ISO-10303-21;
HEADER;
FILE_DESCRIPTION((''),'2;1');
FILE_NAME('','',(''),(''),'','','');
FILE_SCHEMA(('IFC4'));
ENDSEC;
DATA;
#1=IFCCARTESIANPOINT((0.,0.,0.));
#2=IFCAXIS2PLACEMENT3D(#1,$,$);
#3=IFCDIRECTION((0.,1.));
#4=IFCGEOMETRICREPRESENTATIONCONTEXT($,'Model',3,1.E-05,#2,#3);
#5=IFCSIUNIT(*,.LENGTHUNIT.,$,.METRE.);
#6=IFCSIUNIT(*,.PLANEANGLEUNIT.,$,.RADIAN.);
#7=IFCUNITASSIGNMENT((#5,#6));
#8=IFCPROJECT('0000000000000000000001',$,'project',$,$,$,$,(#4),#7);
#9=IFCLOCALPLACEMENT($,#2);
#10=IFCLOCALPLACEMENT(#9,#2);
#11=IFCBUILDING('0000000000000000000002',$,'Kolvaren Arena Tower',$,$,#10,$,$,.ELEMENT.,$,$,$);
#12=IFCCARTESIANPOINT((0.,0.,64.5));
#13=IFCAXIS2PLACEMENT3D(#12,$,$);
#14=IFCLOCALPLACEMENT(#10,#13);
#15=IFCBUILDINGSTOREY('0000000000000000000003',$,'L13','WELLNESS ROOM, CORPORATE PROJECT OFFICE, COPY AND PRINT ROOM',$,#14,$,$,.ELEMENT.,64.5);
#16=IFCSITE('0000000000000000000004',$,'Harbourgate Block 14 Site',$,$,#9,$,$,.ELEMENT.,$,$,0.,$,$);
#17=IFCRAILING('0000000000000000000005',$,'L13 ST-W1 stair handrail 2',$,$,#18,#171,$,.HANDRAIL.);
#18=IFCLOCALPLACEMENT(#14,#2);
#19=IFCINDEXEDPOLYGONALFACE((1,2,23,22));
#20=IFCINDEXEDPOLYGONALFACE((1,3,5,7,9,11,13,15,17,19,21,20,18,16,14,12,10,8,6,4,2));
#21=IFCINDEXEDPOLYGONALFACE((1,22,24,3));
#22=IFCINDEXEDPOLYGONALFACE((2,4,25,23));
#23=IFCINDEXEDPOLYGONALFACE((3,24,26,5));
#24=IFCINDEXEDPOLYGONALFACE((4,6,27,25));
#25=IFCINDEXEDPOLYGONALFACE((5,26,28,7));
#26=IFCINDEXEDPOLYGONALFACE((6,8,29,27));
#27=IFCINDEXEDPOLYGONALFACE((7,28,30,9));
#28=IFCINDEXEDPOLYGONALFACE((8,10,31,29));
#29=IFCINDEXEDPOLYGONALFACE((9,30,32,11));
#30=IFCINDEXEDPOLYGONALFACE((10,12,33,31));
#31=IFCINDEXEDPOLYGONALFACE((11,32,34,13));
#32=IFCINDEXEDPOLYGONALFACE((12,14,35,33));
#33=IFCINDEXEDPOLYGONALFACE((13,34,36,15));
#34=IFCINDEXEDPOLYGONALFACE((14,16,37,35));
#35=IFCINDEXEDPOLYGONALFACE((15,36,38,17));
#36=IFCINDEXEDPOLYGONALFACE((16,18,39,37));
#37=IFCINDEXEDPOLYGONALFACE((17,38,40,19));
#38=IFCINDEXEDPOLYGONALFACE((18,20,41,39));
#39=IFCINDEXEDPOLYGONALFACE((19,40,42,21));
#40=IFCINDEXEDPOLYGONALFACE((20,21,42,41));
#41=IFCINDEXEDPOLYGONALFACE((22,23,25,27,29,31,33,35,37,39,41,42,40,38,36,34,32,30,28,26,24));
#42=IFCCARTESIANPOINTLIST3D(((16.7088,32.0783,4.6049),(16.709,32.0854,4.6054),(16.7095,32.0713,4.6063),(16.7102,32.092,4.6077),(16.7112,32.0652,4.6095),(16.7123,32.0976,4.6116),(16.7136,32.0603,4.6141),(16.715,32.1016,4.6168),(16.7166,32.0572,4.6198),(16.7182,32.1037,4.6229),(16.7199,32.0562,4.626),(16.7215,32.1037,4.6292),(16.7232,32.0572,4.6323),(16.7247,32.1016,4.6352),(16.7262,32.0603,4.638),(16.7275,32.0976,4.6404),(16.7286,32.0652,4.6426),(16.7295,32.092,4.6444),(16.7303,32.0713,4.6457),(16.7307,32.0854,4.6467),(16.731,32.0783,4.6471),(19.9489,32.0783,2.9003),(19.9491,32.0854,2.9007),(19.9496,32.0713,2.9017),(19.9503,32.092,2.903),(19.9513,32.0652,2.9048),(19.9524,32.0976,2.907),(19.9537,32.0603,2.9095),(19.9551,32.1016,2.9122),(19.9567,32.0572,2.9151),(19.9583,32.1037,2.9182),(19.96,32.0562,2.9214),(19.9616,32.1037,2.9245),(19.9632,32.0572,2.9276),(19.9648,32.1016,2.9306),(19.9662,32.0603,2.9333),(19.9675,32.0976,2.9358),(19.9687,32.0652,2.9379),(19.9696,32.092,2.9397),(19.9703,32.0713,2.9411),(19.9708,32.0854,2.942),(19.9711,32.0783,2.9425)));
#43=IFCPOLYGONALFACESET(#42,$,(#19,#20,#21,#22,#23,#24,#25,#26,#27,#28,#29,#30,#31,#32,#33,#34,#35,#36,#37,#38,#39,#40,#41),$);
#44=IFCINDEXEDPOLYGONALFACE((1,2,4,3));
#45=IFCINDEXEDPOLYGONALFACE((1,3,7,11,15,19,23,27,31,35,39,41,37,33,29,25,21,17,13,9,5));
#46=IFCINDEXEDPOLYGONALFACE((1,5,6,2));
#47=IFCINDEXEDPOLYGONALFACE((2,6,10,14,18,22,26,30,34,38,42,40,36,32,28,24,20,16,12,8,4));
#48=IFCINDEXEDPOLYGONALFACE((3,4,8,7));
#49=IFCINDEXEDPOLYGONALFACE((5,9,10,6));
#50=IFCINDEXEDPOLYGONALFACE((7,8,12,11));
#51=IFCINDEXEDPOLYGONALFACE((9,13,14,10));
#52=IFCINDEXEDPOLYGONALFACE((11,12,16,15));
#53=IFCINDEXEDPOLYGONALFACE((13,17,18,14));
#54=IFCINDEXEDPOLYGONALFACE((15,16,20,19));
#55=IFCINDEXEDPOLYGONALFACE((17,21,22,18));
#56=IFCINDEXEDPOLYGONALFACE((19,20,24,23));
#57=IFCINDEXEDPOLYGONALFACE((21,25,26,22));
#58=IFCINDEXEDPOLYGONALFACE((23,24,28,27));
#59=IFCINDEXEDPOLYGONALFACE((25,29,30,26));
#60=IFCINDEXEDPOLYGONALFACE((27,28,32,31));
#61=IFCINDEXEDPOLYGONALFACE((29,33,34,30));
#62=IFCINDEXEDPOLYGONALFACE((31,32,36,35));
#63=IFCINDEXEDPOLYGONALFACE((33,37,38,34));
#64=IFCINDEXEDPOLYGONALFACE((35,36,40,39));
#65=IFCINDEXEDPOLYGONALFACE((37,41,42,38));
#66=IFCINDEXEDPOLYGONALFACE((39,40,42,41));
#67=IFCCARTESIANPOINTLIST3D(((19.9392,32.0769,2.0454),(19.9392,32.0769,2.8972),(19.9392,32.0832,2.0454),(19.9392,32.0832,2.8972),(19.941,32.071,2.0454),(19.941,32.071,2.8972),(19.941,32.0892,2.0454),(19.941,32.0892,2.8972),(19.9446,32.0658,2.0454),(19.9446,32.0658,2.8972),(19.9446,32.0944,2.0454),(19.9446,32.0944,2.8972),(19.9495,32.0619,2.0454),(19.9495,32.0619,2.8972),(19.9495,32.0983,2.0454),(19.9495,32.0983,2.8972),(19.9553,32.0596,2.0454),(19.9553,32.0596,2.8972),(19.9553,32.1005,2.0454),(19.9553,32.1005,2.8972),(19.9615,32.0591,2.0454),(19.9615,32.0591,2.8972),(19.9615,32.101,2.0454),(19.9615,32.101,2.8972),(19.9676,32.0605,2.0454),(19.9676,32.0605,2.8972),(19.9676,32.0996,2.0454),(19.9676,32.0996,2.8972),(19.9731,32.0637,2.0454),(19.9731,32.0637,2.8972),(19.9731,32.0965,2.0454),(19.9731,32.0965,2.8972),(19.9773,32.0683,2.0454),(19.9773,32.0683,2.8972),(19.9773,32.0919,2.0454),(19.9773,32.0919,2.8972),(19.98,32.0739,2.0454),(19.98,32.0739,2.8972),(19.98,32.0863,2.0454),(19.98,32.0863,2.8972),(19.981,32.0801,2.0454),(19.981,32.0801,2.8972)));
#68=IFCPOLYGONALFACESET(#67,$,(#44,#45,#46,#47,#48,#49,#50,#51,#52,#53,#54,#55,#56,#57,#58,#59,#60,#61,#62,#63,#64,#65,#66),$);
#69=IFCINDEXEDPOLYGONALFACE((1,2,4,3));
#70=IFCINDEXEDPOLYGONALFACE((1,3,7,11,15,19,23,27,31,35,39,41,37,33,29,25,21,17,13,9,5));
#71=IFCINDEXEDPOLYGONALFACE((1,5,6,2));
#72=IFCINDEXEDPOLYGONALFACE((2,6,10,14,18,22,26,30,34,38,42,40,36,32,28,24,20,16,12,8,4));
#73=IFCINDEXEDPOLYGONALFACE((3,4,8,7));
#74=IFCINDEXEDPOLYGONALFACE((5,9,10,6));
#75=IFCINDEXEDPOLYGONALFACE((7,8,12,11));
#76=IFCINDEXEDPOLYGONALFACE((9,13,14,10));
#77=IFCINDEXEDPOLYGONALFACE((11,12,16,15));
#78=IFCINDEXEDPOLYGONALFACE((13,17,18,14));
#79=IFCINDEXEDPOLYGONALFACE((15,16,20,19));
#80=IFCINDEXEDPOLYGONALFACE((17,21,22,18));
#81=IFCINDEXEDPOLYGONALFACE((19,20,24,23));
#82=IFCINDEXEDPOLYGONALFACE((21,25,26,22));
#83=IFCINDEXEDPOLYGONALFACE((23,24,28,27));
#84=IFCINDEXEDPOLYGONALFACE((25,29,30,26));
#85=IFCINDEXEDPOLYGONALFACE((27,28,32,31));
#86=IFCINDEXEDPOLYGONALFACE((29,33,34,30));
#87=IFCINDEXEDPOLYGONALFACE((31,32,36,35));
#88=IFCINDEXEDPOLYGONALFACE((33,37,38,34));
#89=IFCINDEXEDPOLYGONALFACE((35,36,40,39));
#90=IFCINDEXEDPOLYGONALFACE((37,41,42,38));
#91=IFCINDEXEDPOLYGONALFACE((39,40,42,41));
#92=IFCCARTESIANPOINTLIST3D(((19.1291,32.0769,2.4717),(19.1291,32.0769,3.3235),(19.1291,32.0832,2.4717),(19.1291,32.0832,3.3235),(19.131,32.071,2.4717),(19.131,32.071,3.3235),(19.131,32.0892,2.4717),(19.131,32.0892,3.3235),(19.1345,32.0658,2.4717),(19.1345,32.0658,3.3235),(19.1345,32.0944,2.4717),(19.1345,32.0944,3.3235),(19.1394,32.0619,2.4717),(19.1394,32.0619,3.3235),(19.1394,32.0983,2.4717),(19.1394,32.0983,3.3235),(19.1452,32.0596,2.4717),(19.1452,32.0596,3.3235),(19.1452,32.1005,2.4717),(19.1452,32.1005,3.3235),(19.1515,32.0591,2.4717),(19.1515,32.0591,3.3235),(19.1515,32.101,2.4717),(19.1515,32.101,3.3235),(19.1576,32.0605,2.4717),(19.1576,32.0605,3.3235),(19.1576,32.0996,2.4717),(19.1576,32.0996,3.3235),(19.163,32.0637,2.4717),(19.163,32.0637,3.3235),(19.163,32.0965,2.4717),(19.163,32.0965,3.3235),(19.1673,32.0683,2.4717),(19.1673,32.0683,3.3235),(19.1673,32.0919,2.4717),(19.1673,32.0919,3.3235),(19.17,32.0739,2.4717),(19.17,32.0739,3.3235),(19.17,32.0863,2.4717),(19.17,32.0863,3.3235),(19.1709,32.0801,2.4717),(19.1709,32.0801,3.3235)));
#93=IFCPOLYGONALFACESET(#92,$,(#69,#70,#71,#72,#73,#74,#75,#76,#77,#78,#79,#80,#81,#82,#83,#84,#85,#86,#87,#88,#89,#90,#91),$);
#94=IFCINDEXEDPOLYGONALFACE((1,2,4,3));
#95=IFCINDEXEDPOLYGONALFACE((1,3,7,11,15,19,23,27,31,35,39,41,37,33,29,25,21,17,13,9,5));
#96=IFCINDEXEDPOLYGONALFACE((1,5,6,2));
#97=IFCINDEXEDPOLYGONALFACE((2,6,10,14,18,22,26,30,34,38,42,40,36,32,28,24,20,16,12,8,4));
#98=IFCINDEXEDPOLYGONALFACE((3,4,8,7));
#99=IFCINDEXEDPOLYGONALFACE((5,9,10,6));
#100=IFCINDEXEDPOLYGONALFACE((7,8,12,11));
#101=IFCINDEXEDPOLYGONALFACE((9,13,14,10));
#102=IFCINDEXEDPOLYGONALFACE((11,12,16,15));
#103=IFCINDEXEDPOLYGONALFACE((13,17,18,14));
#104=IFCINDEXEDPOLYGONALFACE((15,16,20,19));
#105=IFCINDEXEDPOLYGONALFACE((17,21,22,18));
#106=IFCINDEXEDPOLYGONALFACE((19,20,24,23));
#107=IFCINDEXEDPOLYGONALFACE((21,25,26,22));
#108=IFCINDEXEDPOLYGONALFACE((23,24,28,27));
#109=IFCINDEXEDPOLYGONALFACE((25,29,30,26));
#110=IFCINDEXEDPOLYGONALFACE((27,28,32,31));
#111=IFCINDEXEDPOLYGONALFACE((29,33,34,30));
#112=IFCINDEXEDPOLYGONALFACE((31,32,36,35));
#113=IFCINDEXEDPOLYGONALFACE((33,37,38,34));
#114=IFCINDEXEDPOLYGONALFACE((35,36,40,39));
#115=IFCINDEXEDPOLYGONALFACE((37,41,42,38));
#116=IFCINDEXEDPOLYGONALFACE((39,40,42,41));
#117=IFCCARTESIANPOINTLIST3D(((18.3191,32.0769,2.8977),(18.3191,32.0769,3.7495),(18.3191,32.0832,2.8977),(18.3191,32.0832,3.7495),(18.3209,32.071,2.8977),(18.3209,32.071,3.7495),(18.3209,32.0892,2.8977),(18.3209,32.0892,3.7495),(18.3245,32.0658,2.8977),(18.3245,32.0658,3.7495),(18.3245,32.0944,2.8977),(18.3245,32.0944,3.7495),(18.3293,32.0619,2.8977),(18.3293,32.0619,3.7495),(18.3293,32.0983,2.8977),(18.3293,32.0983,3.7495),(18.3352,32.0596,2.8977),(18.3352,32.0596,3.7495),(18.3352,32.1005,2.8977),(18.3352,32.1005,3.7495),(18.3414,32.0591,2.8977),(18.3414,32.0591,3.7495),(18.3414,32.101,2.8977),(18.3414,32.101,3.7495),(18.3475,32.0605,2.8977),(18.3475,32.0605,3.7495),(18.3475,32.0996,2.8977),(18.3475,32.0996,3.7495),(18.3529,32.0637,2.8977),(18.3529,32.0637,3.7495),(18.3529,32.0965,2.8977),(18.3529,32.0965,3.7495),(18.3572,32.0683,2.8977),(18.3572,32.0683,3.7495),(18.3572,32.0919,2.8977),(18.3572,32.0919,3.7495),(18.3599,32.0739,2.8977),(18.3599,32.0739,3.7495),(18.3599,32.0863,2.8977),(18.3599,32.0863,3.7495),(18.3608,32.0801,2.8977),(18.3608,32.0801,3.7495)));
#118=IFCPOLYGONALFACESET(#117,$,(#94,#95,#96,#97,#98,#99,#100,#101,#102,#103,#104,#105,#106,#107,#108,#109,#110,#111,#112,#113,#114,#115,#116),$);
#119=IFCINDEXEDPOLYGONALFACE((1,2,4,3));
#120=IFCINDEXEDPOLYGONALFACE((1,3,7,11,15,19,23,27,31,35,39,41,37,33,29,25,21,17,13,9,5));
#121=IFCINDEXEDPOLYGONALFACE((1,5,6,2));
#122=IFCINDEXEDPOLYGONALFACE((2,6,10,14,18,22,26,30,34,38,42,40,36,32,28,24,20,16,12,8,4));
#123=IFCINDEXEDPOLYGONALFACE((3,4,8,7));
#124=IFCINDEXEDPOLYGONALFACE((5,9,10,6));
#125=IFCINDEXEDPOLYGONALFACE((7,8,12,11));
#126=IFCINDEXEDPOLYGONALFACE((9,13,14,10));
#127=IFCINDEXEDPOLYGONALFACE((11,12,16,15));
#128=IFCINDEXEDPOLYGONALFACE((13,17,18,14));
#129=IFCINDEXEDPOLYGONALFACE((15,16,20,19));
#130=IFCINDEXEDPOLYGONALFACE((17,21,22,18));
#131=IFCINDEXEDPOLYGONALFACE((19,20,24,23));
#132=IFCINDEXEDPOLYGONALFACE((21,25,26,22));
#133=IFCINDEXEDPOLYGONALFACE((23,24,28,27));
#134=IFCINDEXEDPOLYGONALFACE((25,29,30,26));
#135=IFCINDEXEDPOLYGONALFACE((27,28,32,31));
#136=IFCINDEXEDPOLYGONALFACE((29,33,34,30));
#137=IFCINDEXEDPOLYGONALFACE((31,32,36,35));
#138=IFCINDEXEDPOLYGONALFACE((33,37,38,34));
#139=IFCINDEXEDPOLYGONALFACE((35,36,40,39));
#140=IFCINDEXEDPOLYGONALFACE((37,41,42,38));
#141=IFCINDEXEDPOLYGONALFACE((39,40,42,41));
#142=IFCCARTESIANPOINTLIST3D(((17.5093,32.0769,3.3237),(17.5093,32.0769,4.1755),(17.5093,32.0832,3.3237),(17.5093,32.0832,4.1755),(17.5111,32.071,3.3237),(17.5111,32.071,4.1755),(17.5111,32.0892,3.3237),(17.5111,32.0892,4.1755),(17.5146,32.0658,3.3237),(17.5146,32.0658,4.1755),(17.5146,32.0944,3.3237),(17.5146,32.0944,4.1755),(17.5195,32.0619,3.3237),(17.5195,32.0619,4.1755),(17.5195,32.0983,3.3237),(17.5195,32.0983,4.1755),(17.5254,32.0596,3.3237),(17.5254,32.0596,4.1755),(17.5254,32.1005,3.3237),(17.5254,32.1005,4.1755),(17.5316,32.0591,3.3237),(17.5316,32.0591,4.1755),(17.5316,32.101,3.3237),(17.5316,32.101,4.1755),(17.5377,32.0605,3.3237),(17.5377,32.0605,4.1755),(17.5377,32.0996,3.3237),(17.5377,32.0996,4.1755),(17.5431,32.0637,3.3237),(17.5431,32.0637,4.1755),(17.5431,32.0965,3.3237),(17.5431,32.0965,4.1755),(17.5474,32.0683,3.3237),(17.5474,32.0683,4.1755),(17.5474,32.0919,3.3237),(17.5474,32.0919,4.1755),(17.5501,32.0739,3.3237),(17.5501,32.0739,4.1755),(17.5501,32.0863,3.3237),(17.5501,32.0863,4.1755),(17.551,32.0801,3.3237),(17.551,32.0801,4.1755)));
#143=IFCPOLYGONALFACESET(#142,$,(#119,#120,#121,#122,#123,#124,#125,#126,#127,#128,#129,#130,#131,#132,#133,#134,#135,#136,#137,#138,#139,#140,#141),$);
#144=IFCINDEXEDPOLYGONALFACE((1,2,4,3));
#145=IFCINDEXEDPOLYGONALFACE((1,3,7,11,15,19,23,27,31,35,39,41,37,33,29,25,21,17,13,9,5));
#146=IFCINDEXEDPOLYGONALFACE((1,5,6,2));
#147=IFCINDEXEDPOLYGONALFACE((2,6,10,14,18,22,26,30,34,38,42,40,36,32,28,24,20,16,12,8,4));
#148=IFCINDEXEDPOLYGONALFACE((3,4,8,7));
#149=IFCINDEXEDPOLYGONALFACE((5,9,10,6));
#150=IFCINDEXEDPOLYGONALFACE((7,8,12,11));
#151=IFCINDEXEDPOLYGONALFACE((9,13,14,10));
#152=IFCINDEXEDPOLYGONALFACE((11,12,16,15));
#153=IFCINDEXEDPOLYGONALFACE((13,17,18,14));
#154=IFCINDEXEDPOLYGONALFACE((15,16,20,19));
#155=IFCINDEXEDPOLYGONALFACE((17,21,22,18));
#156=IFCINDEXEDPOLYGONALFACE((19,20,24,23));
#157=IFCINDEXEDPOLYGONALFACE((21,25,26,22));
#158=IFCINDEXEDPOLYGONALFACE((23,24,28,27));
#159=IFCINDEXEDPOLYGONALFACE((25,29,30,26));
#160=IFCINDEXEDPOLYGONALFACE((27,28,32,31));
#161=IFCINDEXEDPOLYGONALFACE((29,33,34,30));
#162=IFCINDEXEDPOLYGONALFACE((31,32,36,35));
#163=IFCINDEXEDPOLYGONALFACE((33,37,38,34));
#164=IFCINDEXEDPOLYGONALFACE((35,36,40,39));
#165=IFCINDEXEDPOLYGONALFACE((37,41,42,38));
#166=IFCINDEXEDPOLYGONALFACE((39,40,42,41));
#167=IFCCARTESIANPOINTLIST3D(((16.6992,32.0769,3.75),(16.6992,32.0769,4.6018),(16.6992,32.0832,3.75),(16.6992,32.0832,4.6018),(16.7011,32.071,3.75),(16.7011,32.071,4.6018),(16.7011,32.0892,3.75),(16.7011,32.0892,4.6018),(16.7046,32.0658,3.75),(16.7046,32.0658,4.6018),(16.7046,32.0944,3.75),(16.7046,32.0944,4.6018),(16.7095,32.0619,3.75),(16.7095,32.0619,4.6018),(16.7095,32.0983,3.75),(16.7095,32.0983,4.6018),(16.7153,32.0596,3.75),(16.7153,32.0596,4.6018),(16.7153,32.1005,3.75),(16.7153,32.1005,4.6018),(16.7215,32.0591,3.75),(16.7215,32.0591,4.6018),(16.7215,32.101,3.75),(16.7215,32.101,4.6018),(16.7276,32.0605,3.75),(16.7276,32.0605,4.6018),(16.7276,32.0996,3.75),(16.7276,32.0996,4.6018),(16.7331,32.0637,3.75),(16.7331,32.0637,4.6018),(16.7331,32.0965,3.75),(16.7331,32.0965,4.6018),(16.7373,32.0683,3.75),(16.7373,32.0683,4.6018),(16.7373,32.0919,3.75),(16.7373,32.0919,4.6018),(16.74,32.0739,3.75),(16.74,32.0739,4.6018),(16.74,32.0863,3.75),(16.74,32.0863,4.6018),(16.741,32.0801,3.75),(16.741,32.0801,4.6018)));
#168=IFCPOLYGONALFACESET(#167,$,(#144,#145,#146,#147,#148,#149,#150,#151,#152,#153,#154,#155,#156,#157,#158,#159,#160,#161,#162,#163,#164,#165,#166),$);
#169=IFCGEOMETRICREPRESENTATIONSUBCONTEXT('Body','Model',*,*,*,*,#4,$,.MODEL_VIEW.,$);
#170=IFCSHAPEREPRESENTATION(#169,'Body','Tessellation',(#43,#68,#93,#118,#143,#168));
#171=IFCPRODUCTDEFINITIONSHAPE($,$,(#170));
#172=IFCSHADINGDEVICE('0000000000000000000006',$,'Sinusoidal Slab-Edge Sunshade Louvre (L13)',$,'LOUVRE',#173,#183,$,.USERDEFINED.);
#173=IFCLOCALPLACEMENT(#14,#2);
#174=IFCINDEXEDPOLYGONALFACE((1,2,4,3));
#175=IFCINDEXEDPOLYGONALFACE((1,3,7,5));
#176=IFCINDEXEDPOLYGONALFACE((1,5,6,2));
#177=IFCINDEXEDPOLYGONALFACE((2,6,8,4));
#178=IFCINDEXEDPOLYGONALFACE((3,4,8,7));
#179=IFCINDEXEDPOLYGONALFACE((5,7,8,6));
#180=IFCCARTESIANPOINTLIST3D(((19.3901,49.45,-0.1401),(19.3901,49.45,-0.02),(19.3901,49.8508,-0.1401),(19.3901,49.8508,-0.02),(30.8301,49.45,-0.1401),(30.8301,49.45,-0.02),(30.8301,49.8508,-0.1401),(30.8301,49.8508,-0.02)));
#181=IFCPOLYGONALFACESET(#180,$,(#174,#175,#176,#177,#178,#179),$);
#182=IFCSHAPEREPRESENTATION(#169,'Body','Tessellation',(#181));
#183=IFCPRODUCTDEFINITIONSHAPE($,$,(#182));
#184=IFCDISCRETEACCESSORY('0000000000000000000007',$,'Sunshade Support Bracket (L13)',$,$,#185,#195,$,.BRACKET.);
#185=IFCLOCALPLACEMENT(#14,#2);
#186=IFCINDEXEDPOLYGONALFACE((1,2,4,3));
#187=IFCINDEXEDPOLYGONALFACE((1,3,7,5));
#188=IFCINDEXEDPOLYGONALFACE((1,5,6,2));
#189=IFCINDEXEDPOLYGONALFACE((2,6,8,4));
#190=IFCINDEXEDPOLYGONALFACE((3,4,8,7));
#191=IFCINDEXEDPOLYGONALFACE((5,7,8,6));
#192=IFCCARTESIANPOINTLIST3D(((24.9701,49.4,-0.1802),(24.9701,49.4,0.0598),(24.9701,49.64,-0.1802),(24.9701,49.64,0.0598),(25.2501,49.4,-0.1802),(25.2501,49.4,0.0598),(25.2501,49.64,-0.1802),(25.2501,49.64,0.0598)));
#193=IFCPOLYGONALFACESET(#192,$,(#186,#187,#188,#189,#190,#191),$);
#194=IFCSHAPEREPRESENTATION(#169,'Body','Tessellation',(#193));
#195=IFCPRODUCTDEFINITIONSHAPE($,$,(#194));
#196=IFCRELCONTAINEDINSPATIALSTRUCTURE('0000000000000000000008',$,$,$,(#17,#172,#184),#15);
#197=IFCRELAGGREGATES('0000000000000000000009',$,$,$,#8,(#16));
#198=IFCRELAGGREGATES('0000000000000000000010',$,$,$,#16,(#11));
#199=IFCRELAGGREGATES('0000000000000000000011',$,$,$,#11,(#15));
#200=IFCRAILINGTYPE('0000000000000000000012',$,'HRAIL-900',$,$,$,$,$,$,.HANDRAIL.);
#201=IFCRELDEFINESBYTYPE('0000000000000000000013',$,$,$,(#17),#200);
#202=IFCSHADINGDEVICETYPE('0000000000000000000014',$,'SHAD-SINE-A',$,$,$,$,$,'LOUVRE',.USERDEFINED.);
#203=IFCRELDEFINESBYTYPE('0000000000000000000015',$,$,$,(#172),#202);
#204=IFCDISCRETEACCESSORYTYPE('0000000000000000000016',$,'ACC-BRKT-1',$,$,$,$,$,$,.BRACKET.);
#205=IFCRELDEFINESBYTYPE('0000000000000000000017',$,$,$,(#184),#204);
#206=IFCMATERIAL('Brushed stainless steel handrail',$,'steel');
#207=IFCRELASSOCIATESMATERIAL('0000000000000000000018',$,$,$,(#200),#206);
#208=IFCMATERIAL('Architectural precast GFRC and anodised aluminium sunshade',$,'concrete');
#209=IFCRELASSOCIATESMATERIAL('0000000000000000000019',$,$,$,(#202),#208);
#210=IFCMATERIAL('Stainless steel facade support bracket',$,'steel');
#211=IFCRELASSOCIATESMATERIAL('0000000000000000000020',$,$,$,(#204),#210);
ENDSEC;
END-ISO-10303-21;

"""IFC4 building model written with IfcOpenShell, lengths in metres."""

from ifc_helpers import new_model, si_unit, direction, frame, origin, origin_2d, place, context, subcontext, project, spatial, rectangle, circle, extrude, material, type_object, element, save


model = new_model("IFC4")

# Units and contexts
model_context = context("Model", 3, precision=1e-05, world=origin(), true_north=direction((0.0, 1.0)))
body_context = subcontext(model_context, "Body", "Model", "MODEL_VIEW")
ifc_project = project(units=[si_unit("LENGTHUNIT", "METRE"), si_unit("PLANEANGLEUNIT", "RADIAN")], contexts=[model_context])

# Site, building, storey
site_placement = place(None, origin())
site = spatial("IfcSite", under=ifc_project, at=site_placement, Name="Harbourgate Block 14 Site", CompositionType="ELEMENT", RefElevation=0.0)
building_placement = place(site_placement, origin())
building = spatial("IfcBuilding", under=site, at=building_placement, Name="Kolvaren Arena Tower", CompositionType="ELEMENT")
storey_placement = place(building_placement, frame((0.0, 0.0, 64.5)))
storey = spatial("IfcBuildingStorey", under=building, at=storey_placement, Name="L13", Description="WELLNESS ROOM, CORPORATE PROJECT OFFICE, COPY AND PRINT ROOM", CompositionType="ELEMENT", Elevation=64.5)

# Railing
ifc_material_1 = material(Name="Brushed stainless steel handrail", Category="steel")
railing_type = type_object("IfcRailingType", Name="HRAIL-900", PredefinedType="HANDRAIL", material=ifc_material_1)
railing_placement = place(storey_placement, frame((19.96, 32.0801, 2.0454)))
element("IfcRailing", 1, at=railing_placement, inside=storey, type_object=railing_type, Name="L13 ST-W1 stair handrail 2", PredefinedType="HANDRAIL", context=body_context, shape_type="SweptSolid", body=[
    extrude(circle(Radius=0.0239, at=origin_2d()), frame((0.0, 0.0, 0.876), z_axis=(-0.884993, 0.0, 0.465604), x_axis=(0.0, -1.0, 0.0)), (0.0, 0.0, 1.0), 3.6611),
    extrude(circle(Radius=0.021, at=origin_2d()), origin(), (0.0, 0.0, 1.0), 0.8518),
    extrude(circle(Radius=0.021, at=origin_2d()), frame((-0.8101, 0.0, 0.4263)), (0.0, 0.0, 1.0), 0.8518),
    extrude(circle(Radius=0.021, at=origin_2d()), frame((-1.6201, 0.0, 0.8523)), (0.0, 0.0, 1.0), 0.8518),
    extrude(circle(Radius=0.021, at=origin_2d()), frame((-2.4299, 0.0, 1.2783)), (0.0, 0.0, 1.0), 0.8518),
    extrude(circle(Radius=0.021, at=origin_2d()), frame((-3.24, 0.0, 1.7046)), (0.0, 0.0, 1.0), 0.8518),
])

# Shading device
ifc_material_2 = material(Name="Architectural precast GFRC and anodised aluminium sunshade", Category="concrete")
shading_device_type = type_object("IfcShadingDeviceType", Name="SHAD-SINE-A", ElementType="LOUVRE", PredefinedType="USERDEFINED", material=ifc_material_2)
shading_device_placement = place(storey_placement, frame((25.1101, 49.6504, -0.1401), z_axis=(0.0, 0.0, 1.0), x_axis=(1.0, 0.0, 0.0)))
element("IfcShadingDevice", 2, at=shading_device_placement, inside=storey, type_object=shading_device_type, Name="Sinusoidal Slab-Edge Sunshade Louvre (L13)", ObjectType="LOUVRE", PredefinedType="USERDEFINED", context=body_context, shape_type="SweptSolid", body=[
    extrude(rectangle(XDim=11.4399, YDim=0.4009, at=origin_2d()), origin(), (0.0, 0.0, 1.0), 0.1201),
])

# Discrete accessory
ifc_material_3 = material(Name="Stainless steel facade support bracket", Category="steel")
discrete_accessory_type = type_object("IfcDiscreteAccessoryType", Name="ACC-BRKT-1", PredefinedType="BRACKET", material=ifc_material_3)
discrete_accessory_placement = place(storey_placement, frame((25.1101, 49.52, -0.1802), z_axis=(0.0, 0.0, 1.0), x_axis=(1.0, 0.0, 0.0)))
element("IfcDiscreteAccessory", 3, at=discrete_accessory_placement, inside=storey, type_object=discrete_accessory_type, Name="Sunshade Support Bracket (L13)", PredefinedType="BRACKET", context=body_context, shape_type="SweptSolid", body=[
    extrude(rectangle(XDim=0.28, YDim=0.24, at=origin_2d()), origin(), (0.0, 0.0, 1.0), 0.24),
])

save(model, "model.ifc")
